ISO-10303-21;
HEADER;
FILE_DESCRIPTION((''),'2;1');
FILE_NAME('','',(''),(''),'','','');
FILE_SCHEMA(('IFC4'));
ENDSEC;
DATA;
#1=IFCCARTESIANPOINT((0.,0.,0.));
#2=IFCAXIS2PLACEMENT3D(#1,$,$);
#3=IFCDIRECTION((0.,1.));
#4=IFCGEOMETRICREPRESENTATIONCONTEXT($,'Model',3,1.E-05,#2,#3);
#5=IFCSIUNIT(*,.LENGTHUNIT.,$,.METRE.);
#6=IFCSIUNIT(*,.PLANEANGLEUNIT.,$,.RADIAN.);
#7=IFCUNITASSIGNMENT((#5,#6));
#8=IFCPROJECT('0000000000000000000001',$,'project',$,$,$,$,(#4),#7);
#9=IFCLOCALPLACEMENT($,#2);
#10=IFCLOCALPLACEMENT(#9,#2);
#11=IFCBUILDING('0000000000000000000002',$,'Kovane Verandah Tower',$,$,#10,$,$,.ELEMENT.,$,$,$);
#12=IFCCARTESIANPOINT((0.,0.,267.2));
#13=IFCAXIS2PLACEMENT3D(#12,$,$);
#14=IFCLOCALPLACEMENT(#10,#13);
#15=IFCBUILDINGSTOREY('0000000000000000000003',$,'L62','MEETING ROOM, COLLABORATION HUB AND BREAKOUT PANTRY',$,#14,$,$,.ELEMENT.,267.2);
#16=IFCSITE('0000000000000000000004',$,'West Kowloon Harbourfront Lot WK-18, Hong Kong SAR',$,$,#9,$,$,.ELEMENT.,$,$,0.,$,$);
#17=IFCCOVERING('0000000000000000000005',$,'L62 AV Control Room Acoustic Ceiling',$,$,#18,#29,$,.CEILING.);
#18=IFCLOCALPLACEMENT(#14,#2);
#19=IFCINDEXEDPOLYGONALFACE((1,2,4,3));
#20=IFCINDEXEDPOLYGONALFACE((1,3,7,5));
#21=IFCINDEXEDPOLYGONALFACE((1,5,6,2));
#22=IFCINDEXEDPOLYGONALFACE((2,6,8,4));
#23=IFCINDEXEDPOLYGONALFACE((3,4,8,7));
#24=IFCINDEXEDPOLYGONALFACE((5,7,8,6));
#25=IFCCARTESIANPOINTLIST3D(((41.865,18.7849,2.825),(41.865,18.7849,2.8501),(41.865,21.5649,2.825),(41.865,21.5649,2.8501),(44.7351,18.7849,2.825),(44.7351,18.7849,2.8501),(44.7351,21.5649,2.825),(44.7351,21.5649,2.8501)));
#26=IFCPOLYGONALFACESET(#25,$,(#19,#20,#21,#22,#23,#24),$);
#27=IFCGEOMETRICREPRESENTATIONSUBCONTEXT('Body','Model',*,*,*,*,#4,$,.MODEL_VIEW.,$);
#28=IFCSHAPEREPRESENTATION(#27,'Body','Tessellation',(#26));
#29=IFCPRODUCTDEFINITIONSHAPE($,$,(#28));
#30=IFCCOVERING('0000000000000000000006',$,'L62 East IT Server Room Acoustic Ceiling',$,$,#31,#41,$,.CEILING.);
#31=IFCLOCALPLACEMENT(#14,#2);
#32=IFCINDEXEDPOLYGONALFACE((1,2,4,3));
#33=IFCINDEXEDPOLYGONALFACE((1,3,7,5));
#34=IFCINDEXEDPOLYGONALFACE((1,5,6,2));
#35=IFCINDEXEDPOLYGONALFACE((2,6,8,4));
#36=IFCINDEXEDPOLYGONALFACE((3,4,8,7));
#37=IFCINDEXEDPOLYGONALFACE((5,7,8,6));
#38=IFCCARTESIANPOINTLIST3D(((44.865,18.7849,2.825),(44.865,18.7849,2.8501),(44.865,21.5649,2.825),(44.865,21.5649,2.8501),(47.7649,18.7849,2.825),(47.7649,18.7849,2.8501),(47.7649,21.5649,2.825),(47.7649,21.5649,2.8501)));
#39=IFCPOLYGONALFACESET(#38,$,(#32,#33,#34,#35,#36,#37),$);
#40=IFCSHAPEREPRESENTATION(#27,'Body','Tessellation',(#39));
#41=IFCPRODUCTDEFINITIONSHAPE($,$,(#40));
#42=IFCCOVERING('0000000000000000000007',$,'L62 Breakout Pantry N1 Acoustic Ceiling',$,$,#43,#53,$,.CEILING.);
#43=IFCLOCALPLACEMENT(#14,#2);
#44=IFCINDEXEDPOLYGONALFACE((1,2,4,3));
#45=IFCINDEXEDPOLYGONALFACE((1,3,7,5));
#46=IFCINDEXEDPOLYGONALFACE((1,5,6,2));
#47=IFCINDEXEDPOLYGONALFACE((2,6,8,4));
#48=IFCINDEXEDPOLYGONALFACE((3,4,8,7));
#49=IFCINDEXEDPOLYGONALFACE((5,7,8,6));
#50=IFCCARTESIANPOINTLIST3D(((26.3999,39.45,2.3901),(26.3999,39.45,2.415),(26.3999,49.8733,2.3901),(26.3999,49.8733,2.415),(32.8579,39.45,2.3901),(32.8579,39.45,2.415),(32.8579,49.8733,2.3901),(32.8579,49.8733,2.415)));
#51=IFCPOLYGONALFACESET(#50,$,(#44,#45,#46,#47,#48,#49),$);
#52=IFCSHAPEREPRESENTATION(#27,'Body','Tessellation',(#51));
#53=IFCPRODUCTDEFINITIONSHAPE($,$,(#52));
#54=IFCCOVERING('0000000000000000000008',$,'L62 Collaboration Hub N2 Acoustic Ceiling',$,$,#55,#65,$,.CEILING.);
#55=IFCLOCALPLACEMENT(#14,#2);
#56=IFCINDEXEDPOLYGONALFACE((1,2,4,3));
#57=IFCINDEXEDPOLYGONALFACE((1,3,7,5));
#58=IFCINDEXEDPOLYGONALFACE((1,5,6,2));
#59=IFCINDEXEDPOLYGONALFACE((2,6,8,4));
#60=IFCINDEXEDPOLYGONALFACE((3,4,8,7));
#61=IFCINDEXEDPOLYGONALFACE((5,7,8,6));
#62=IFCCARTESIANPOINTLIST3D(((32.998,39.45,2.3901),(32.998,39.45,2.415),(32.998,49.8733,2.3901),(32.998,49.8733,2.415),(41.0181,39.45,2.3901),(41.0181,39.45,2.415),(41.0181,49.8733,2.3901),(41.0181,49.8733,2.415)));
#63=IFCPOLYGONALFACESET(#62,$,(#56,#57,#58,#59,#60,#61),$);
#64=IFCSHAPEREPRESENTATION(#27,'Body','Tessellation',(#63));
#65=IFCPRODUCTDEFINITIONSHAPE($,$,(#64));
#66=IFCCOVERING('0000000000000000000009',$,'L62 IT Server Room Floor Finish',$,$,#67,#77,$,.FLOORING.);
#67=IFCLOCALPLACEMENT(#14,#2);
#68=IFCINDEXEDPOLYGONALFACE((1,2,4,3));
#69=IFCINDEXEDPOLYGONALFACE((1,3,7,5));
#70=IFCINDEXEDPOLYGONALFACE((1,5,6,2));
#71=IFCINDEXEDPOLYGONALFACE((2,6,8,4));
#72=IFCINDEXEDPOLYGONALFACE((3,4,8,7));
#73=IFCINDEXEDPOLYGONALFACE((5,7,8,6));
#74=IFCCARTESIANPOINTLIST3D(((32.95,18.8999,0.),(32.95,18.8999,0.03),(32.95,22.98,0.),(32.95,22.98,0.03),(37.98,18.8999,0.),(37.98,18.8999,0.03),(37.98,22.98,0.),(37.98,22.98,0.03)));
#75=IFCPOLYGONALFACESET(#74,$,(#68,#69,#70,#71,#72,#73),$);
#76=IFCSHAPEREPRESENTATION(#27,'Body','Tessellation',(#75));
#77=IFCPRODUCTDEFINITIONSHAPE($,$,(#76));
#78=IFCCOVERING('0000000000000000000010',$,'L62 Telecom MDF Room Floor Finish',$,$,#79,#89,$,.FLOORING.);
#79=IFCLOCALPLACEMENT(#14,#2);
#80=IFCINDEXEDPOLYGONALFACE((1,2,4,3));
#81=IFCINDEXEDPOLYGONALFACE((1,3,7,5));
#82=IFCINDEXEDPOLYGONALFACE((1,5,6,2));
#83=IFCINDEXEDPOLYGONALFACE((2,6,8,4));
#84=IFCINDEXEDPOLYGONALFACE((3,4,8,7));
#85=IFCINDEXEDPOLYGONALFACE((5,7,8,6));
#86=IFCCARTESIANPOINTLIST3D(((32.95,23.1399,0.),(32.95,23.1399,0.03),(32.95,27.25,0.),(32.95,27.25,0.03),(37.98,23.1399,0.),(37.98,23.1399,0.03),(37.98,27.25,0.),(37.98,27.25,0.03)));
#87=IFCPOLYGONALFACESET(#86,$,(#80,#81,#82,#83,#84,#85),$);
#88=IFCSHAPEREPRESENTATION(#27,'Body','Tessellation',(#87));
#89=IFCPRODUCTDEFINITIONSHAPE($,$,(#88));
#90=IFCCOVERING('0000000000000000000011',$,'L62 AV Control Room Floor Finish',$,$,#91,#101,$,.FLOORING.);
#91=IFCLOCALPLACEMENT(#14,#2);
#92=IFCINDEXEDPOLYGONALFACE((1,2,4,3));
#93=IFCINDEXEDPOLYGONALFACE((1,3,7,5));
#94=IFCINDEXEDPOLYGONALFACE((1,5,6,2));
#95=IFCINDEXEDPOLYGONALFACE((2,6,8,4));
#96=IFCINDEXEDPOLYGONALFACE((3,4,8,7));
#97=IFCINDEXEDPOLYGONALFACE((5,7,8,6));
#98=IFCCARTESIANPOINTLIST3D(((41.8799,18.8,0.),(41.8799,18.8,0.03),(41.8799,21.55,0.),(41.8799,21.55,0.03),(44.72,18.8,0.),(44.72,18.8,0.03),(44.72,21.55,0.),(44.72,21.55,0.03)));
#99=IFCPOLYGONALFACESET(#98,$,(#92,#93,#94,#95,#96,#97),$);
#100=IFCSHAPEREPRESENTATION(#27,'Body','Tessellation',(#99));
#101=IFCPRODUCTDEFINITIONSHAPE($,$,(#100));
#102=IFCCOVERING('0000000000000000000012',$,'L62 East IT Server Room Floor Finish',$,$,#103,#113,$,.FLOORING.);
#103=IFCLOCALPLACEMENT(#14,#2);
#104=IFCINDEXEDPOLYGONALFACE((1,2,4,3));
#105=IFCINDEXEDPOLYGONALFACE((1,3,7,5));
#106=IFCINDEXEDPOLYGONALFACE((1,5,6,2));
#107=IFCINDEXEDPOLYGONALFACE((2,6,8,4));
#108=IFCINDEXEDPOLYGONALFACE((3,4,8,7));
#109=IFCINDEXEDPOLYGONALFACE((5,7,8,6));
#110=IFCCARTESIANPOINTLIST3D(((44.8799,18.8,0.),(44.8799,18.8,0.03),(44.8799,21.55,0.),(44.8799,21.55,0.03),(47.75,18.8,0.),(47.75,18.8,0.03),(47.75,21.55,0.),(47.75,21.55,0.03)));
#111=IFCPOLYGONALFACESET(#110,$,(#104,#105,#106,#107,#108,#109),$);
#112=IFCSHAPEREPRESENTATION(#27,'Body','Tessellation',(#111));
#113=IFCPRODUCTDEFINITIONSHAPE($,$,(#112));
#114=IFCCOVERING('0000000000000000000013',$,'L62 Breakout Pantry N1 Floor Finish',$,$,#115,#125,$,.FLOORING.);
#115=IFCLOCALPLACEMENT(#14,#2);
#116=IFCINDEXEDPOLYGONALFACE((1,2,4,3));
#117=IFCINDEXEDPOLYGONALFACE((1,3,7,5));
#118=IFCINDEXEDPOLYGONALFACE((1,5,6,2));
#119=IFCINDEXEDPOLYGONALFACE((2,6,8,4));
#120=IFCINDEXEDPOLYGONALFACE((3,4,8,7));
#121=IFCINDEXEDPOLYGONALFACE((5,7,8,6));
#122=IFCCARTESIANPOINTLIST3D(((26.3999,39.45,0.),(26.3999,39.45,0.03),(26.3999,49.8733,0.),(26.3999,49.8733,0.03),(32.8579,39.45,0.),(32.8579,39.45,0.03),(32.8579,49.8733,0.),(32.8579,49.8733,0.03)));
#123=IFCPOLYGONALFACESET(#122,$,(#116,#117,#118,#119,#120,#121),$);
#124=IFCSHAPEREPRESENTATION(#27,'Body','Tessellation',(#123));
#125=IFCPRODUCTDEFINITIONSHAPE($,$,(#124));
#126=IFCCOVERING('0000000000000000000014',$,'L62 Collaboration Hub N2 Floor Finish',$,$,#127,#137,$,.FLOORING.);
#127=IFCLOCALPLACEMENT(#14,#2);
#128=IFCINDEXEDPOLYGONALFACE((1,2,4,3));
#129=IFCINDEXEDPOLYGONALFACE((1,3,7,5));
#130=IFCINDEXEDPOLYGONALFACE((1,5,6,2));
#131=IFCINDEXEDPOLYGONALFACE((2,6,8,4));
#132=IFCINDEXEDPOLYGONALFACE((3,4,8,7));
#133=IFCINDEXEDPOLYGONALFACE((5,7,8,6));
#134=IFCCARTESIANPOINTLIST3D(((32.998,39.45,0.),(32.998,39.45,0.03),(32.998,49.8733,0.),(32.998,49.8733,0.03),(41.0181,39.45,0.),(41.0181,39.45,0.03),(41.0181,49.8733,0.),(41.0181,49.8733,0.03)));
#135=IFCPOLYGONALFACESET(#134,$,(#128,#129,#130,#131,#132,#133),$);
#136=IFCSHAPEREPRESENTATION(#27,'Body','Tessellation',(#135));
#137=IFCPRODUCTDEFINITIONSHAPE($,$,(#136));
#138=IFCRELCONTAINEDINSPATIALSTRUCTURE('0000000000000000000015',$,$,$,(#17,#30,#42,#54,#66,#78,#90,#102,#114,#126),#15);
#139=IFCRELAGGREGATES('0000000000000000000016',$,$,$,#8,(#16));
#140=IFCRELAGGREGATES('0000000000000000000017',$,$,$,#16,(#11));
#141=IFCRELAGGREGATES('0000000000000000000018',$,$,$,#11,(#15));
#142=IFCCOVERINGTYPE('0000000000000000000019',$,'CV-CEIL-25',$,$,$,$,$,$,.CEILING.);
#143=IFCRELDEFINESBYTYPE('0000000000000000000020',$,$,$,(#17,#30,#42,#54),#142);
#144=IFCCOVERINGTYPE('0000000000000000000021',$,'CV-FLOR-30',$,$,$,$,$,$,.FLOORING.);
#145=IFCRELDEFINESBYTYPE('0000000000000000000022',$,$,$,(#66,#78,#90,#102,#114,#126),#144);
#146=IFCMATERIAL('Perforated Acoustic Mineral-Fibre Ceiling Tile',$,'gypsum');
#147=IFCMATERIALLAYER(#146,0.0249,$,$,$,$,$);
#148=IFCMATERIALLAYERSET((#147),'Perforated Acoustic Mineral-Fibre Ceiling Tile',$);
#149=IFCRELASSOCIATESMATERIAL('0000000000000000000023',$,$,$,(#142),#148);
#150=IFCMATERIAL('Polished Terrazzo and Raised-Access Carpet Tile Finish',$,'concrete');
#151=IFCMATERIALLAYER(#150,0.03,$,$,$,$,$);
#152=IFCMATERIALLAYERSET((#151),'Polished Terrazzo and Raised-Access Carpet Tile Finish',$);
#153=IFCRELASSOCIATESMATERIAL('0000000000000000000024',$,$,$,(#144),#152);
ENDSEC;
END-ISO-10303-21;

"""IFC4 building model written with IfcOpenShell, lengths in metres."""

from ifc_helpers import new_model, si_unit, direction, frame, origin, place, context, subcontext, project, spatial, polyline, outline, extrude, material, layer, layer_set, type_object, element, save


model = new_model("IFC4")

# Units and contexts
model_context = context("Model", 3, precision=1e-05, world=origin(), true_north=direction((0.0, 1.0)))
body_context = subcontext(model_context, "Body", "Model", "MODEL_VIEW")
ifc_project = project(units=[si_unit("LENGTHUNIT", "METRE"), si_unit("PLANEANGLEUNIT", "RADIAN")], contexts=[model_context])

# Site, building, storey
site_placement = place(None, origin())
site = spatial("IfcSite", under=ifc_project, at=site_placement, Name="West Kowloon Harbourfront Lot WK-18, Hong Kong SAR", CompositionType="ELEMENT", RefElevation=0.0)
building_placement = place(site_placement, origin())
building = spatial("IfcBuilding", under=site, at=building_placement, Name="Kovane Verandah Tower", CompositionType="ELEMENT")
storey_placement = place(building_placement, frame((0.0, 0.0, 267.2)))
storey = spatial("IfcBuildingStorey", under=building, at=storey_placement, Name="L62", Description="MEETING ROOM, COLLABORATION HUB AND BREAKOUT PANTRY", CompositionType="ELEMENT", Elevation=267.2)

# Coverings
ifc_material_1 = material(Name="Perforated Acoustic Mineral-Fibre Ceiling Tile", Category="gypsum")
ifc_layer_1 = layer(ifc_material_1, 0.0249)
ifc_layer_set_1 = layer_set([ifc_layer_1], Name="Perforated Acoustic Mineral-Fibre Ceiling Tile")
covering_type_1 = type_object("IfcCoveringType", Name="CV-CEIL-25", PredefinedType="CEILING", material=ifc_layer_set_1)
covering_1_placement = place(storey_placement, frame((0.0, 0.0, 2.825)))
element("IfcCovering", 1, at=covering_1_placement, inside=storey, type_object=covering_type_1, Name="L62 AV Control Room Acoustic Ceiling", PredefinedType="CEILING", context=body_context, shape_type="SweptSolid", body=[
    extrude(outline(polyline([(41.865, 18.7849), (44.7351, 18.7849), (44.7351, 21.5649), (41.865, 21.5649), (41.865, 18.7849)])), origin(), (0.0, 0.0, 1.0), 0.0251),
])
covering_2_placement = place(storey_placement, frame((0.0, 0.0, 2.825)))
element("IfcCovering", 2, at=covering_2_placement, inside=storey, type_object=covering_type_1, Name="L62 East IT Server Room Acoustic Ceiling", PredefinedType="CEILING", context=body_context, shape_type="SweptSolid", body=[
    extrude(outline(polyline([(44.865, 18.7849), (47.7649, 18.7849), (47.7649, 21.5649), (44.865, 21.5649), (44.865, 18.7849)])), origin(), (0.0, 0.0, 1.0), 0.0251),
])
covering_3_placement = place(storey_placement, frame((0.0, 0.0, 2.3901)))
element("IfcCovering", 3, at=covering_3_placement, inside=storey, type_object=covering_type_1, Name="L62 Breakout Pantry N1 Acoustic Ceiling", PredefinedType="CEILING", context=body_context, shape_type="SweptSolid", body=[
    extrude(outline(polyline([(26.3999, 39.45), (32.8579, 39.45), (32.8579, 49.8733), (26.3999, 49.8733), (26.3999, 39.45)])), origin(), (0.0, 0.0, 1.0), 0.0249),
])
covering_4_placement = place(storey_placement, frame((0.0, 0.0, 2.3901)))
element("IfcCovering", 4, at=covering_4_placement, inside=storey, type_object=covering_type_1, Name="L62 Collaboration Hub N2 Acoustic Ceiling", PredefinedType="CEILING", context=body_context, shape_type="SweptSolid", body=[
    extrude(outline(polyline([(32.998, 39.45), (41.0181, 39.45), (41.0181, 49.8733), (32.998, 49.8733), (32.998, 39.45)])), origin(), (0.0, 0.0, 1.0), 0.0249),
])
ifc_material_2 = material(Name="Polished Terrazzo and Raised-Access Carpet Tile Finish", Category="concrete")
ifc_layer_2 = layer(ifc_material_2, 0.03)
ifc_layer_set_2 = layer_set([ifc_layer_2], Name="Polished Terrazzo and Raised-Access Carpet Tile Finish")
covering_type_2 = type_object("IfcCoveringType", Name="CV-FLOR-30", PredefinedType="FLOORING", material=ifc_layer_set_2)
covering_5_placement = place(storey_placement, origin())
element("IfcCovering", 5, at=covering_5_placement, inside=storey, type_object=covering_type_2, Name="L62 IT Server Room Floor Finish", PredefinedType="FLOORING", context=body_context, shape_type="SweptSolid", body=[
    extrude(outline(polyline([(32.95, 18.8999), (37.98, 18.8999), (37.98, 22.98), (32.95, 22.98), (32.95, 18.8999)])), origin(), (0.0, 0.0, 1.0), 0.03),
])
covering_6_placement = place(storey_placement, origin())
element("IfcCovering", 6, at=covering_6_placement, inside=storey, type_object=covering_type_2, Name="L62 Telecom MDF Room Floor Finish", PredefinedType="FLOORING", context=body_context, shape_type="SweptSolid", body=[
    extrude(outline(polyline([(32.95, 23.1399), (37.98, 23.1399), (37.98, 27.25), (32.95, 27.25), (32.95, 23.1399)])), origin(), (0.0, 0.0, 1.0), 0.03),
])
covering_7_placement = place(storey_placement, origin())
element("IfcCovering", 7, at=covering_7_placement, inside=storey, type_object=covering_type_2, Name="L62 AV Control Room Floor Finish", PredefinedType="FLOORING", context=body_context, shape_type="SweptSolid", body=[
    extrude(outline(polyline([(41.8799, 18.8), (44.72, 18.8), (44.72, 21.55), (41.8799, 21.55), (41.8799, 18.8)])), origin(), (0.0, 0.0, 1.0), 0.03),
])
covering_8_placement = place(storey_placement, origin())
element("IfcCovering", 8, at=covering_8_placement, inside=storey, type_object=covering_type_2, Name="L62 East IT Server Room Floor Finish", PredefinedType="FLOORING", context=body_context, shape_type="SweptSolid", body=[
    extrude(outline(polyline([(44.8799, 18.8), (47.75, 18.8), (47.75, 21.55), (44.8799, 21.55), (44.8799, 18.8)])), origin(), (0.0, 0.0, 1.0), 0.03),
])
covering_9_placement = place(storey_placement, origin())
element("IfcCovering", 9, at=covering_9_placement, inside=storey, type_object=covering_type_2, Name="L62 Breakout Pantry N1 Floor Finish", PredefinedType="FLOORING", context=body_context, shape_type="SweptSolid", body=[
    extrude(outline(polyline([(26.3999, 39.45), (32.8579, 39.45), (32.8579, 49.8733), (26.3999, 49.8733), (26.3999, 39.45)])), origin(), (0.0, 0.0, 1.0), 0.03),
])
covering_10_placement = place(storey_placement, origin())
element("IfcCovering", 10, at=covering_10_placement, inside=storey, type_object=covering_type_2, Name="L62 Collaboration Hub N2 Floor Finish", PredefinedType="FLOORING", context=body_context, shape_type="SweptSolid", body=[
    extrude(outline(polyline([(32.998, 39.45), (41.0181, 39.45), (41.0181, 49.8733), (32.998, 49.8733), (32.998, 39.45)])), origin(), (0.0, 0.0, 1.0), 0.03),
])

save(model, "model.ifc")
